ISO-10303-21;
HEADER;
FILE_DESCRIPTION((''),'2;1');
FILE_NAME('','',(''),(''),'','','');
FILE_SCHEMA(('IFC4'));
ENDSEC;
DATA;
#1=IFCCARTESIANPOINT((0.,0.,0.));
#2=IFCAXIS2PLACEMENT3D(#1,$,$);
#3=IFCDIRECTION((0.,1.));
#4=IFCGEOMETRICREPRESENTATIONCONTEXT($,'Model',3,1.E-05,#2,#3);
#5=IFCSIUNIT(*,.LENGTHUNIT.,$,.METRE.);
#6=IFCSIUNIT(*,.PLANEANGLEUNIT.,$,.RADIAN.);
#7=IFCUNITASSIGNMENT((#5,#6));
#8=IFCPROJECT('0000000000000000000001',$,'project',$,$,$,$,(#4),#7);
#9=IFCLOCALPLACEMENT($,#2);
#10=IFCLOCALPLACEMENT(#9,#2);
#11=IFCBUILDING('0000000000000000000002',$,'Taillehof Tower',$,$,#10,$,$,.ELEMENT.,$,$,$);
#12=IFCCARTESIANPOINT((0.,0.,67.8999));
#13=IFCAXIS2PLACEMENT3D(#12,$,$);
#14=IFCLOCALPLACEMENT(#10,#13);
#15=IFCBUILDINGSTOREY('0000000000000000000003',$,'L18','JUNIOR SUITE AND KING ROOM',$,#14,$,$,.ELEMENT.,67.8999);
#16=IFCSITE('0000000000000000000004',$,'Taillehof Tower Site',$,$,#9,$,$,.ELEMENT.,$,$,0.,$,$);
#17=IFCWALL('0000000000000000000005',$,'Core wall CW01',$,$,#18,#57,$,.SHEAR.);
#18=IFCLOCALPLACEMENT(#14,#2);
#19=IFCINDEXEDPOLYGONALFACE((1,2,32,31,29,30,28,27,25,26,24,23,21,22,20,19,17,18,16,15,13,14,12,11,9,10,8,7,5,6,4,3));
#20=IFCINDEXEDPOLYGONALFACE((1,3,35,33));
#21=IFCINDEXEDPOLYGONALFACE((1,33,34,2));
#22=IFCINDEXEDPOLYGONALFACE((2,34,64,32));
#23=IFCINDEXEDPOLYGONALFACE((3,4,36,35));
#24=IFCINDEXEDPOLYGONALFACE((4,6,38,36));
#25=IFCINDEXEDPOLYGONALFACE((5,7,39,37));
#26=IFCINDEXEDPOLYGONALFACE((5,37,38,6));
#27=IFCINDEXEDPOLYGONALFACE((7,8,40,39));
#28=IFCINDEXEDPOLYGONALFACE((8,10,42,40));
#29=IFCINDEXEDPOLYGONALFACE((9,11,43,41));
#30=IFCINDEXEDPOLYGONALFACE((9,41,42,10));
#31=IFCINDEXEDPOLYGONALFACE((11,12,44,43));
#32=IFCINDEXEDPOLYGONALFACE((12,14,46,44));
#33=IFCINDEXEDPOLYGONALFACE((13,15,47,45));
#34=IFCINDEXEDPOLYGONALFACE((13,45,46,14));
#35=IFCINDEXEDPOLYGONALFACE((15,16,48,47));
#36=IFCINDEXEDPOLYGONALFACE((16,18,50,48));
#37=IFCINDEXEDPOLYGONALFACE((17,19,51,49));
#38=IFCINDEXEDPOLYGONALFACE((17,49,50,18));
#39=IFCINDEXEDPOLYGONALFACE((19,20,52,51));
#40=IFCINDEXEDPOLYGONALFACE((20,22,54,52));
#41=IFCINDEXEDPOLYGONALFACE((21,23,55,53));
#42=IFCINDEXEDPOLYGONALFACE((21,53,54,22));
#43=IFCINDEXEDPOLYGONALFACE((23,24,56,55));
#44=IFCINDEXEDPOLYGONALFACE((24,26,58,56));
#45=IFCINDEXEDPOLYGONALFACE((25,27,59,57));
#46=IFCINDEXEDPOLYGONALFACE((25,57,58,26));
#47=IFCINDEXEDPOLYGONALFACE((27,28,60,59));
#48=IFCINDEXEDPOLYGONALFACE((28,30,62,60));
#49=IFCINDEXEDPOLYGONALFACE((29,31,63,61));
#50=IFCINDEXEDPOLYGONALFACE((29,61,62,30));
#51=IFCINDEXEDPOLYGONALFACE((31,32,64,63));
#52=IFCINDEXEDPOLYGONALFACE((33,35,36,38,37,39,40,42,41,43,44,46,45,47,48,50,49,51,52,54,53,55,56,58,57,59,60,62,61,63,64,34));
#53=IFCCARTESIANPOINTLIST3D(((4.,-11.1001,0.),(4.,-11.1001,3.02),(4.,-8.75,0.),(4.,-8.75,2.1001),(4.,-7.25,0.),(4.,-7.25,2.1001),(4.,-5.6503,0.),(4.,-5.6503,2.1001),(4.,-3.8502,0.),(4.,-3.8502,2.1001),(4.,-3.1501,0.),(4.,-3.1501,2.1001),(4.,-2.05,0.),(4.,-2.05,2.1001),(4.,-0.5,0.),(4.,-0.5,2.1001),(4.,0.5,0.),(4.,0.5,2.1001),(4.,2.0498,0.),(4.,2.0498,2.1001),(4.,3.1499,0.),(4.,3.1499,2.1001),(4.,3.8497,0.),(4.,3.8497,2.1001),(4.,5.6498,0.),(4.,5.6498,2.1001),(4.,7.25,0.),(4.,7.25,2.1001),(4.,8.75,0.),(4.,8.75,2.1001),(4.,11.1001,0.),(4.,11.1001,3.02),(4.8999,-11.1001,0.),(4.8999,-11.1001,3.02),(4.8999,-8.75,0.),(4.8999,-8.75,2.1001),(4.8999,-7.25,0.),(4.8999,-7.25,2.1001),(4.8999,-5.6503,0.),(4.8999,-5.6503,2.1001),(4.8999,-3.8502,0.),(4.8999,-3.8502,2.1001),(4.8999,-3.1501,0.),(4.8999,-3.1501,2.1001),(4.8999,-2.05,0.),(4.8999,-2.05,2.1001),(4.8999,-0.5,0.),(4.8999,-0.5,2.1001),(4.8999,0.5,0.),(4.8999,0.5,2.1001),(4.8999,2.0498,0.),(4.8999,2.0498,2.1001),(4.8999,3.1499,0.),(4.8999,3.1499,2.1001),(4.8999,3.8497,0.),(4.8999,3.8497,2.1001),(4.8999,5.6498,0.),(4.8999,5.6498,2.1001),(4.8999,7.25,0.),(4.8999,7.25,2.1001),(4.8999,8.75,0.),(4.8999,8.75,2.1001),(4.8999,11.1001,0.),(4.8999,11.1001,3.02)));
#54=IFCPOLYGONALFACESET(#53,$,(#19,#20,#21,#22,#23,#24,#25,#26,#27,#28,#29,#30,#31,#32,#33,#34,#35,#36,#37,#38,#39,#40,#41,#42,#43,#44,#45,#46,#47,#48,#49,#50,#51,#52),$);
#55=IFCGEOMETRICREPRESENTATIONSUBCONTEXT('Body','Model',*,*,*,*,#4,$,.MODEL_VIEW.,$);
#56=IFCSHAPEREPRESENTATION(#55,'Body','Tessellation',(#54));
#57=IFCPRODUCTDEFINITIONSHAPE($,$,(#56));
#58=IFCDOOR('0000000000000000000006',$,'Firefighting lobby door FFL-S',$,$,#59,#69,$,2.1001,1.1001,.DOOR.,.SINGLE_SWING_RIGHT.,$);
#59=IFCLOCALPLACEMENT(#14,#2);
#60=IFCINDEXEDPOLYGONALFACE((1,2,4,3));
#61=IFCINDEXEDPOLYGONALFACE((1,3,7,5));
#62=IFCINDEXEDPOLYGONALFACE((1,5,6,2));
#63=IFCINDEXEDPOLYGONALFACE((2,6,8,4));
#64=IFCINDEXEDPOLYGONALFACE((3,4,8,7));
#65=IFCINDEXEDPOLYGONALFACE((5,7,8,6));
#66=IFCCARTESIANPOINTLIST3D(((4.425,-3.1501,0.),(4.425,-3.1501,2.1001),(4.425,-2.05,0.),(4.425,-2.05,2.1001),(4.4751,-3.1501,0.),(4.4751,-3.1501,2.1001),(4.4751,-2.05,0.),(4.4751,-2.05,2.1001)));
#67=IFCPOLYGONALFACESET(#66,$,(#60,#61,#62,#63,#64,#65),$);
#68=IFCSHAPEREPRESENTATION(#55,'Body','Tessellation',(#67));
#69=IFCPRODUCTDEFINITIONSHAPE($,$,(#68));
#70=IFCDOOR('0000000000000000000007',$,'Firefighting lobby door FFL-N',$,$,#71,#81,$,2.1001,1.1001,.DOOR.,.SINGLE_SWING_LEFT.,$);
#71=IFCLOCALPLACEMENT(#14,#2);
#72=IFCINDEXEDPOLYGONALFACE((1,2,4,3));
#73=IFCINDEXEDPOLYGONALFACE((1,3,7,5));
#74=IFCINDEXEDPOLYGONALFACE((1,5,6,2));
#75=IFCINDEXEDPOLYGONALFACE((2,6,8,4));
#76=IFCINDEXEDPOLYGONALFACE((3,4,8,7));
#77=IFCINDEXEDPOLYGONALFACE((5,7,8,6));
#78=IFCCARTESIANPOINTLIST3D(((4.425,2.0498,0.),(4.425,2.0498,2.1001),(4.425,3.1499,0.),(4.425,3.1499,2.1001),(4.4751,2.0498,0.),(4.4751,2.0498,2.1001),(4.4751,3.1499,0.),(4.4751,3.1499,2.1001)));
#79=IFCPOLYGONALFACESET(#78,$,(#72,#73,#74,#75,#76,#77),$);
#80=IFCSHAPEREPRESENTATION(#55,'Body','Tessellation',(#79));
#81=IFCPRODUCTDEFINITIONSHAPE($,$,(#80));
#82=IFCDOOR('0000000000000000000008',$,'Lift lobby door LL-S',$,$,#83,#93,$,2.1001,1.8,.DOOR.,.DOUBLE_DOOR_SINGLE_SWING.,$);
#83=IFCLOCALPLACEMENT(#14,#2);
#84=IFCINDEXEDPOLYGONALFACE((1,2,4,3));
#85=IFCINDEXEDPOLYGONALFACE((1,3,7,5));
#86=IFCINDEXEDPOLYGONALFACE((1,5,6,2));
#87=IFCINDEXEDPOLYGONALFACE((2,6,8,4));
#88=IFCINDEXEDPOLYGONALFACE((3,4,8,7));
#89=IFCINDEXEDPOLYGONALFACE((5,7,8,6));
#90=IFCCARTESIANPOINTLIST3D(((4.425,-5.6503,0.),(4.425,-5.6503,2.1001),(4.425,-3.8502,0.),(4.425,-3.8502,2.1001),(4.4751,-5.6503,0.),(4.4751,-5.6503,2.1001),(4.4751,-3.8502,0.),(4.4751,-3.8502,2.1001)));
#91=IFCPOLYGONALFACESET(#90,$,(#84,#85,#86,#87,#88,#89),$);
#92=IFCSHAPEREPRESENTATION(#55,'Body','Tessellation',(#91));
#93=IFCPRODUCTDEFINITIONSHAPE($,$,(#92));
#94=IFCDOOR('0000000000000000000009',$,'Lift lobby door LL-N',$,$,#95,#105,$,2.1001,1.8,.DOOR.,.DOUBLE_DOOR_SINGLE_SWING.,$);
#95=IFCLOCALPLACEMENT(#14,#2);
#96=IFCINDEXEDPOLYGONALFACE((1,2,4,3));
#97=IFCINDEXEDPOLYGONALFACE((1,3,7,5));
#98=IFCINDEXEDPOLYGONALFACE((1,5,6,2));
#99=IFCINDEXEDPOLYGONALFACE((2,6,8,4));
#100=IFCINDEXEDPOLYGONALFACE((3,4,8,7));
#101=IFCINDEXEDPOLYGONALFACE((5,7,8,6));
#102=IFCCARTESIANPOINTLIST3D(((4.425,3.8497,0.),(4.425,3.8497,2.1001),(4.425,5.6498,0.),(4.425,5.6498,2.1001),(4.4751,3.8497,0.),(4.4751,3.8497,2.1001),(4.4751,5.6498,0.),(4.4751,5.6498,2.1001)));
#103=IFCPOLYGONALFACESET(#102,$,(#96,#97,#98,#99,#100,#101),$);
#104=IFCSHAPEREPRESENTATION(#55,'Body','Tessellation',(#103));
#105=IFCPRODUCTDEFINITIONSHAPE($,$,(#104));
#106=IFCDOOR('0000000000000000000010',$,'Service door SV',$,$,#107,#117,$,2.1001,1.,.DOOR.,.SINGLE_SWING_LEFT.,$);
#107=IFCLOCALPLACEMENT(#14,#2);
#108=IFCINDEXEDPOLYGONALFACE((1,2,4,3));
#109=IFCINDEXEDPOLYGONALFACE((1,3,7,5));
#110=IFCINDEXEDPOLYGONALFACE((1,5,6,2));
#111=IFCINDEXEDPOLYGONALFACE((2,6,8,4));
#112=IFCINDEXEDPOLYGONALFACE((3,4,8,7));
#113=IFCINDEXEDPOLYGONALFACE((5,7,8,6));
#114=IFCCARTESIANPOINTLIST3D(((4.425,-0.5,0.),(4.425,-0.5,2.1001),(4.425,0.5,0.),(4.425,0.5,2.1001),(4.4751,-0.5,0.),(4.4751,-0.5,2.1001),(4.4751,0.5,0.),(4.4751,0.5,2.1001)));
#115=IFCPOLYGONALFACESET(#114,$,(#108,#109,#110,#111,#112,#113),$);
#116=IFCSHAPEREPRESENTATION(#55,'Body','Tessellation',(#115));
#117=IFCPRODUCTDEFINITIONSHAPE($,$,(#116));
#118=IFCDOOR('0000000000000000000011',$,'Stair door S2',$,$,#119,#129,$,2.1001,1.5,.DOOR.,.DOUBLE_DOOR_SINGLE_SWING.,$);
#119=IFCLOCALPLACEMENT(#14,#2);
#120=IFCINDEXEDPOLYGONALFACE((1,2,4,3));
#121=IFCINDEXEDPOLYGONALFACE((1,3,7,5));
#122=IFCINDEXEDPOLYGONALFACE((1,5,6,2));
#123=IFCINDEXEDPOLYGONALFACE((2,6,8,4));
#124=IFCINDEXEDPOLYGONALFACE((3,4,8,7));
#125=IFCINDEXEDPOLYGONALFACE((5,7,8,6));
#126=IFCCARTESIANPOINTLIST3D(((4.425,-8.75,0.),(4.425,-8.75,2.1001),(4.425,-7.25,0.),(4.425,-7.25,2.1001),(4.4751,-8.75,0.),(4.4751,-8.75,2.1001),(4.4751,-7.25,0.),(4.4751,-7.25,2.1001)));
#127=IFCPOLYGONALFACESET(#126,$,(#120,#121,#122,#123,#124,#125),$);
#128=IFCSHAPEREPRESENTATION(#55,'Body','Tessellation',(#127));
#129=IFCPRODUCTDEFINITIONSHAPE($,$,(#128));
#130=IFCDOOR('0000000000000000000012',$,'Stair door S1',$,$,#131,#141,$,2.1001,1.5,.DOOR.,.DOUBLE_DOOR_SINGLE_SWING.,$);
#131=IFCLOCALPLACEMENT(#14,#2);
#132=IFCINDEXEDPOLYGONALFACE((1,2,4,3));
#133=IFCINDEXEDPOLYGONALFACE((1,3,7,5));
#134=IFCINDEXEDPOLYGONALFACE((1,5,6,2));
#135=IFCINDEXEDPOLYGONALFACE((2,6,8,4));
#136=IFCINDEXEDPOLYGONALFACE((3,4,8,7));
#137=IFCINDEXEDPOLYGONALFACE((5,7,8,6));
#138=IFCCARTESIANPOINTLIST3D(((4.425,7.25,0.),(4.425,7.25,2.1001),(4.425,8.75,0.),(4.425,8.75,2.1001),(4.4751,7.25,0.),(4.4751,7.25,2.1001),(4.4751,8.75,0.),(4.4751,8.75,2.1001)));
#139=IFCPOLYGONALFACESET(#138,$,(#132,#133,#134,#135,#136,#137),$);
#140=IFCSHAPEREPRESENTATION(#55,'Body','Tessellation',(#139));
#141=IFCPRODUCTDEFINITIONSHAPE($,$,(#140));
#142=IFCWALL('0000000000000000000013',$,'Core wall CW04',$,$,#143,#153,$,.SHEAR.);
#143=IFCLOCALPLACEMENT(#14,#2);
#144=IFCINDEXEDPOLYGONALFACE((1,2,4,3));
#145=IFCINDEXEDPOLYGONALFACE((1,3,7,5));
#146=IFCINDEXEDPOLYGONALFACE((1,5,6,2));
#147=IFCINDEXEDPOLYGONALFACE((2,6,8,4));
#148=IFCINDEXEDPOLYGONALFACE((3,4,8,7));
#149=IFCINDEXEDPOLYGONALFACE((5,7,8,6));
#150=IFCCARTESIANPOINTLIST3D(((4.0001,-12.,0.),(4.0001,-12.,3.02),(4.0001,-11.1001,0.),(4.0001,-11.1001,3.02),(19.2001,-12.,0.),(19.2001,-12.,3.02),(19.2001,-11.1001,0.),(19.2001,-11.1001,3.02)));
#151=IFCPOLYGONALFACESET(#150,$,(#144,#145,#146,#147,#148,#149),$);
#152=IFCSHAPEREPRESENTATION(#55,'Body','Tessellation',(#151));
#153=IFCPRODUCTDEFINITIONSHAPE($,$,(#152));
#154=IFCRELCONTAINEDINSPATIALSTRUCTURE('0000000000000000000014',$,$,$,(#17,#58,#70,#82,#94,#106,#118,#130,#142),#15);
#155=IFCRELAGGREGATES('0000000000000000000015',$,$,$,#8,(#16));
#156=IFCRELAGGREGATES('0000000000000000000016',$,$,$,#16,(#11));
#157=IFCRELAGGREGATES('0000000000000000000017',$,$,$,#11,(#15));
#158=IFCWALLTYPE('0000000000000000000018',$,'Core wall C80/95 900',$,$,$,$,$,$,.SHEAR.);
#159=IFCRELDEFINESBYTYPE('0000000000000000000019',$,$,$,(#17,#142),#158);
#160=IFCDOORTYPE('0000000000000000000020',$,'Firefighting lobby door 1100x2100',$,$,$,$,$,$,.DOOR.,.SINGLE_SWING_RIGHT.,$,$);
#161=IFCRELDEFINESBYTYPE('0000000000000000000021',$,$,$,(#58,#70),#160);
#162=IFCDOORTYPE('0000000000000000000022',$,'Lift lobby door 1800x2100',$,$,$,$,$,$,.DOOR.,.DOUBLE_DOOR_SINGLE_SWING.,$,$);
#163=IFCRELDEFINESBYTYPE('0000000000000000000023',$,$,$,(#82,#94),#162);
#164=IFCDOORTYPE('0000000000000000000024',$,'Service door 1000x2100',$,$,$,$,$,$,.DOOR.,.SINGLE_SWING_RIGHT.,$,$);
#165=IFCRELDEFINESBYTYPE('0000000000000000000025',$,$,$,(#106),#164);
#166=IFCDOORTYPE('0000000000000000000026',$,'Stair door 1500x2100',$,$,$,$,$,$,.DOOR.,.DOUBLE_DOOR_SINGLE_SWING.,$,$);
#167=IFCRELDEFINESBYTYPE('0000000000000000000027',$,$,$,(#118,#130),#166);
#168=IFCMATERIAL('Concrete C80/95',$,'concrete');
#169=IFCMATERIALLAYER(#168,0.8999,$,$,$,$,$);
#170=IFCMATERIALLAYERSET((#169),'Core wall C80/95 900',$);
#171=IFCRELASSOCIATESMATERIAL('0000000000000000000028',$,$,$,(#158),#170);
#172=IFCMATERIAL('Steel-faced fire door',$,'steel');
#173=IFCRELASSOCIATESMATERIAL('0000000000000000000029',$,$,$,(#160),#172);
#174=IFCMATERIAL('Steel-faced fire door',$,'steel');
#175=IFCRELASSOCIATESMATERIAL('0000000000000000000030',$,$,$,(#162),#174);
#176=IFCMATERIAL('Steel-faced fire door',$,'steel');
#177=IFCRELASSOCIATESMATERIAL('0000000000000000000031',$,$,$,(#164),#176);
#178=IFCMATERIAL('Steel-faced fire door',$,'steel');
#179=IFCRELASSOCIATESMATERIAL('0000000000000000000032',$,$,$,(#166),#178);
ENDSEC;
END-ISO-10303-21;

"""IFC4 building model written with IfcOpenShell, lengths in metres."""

from ifc_helpers import new_model, si_unit, direction, frame, frame_2d, origin, place, context, subcontext, project, spatial, rectangle, extrude, material, layer, layer_set, type_object, element, fill, save


model = new_model("IFC4")

# Units and contexts
model_context = context("Model", 3, precision=1e-05, world=origin(), true_north=direction((0.0, 1.0)))
body_context = subcontext(model_context, "Body", "Model", "MODEL_VIEW")
ifc_project = project(units=[si_unit("LENGTHUNIT", "METRE"), si_unit("PLANEANGLEUNIT", "RADIAN")], contexts=[model_context])

# Site, building, storey
site_placement = place(None, origin())
site = spatial("IfcSite", under=ifc_project, at=site_placement, Name="Taillehof Tower Site", CompositionType="ELEMENT", RefElevation=0.0)
building_placement = place(site_placement, origin())
building = spatial("IfcBuilding", under=site, at=building_placement, Name="Taillehof Tower", CompositionType="ELEMENT")
storey_placement = place(building_placement, frame((0.0, 0.0, 67.8999)))
storey = spatial("IfcBuildingStorey", under=building, at=storey_placement, Name="L18", Description="JUNIOR SUITE AND KING ROOM", CompositionType="ELEMENT", Elevation=67.8999)

# Wall, openings, doors
ifc_material_1 = material(Name="Concrete C80/95", Category="concrete")
ifc_layer_1 = layer(ifc_material_1, 0.8999)
ifc_layer_set_1 = layer_set([ifc_layer_1], Name="Core wall C80/95 900")
wall_type_1 = type_object("IfcWallType", Name="Core wall C80/95 900", PredefinedType="SHEAR", material=ifc_layer_set_1)
wall_1_placement = place(storey_placement, frame((4.45, -11.1001, 0.0), z_axis=(0.0, 0.0, 1.0), x_axis=(0.0, 1.0, 0.0)))
wall_1 = element("IfcWall", 1, at=wall_1_placement, inside=storey, type_object=wall_type_1, Name="Core wall CW01", PredefinedType="SHEAR", context=body_context, shape_type="SweptSolid", body=[
    extrude(rectangle(XDim=22.2002, YDim=0.8999, at=frame_2d((11.1001, 0.0))), origin(), (0.0, 0.0, 1.0), 3.02),
])
opening_1_placement = place(wall_1_placement, frame((2.3501, 0.0, 0.0)))
opening_1 = element("IfcOpeningElement", 2, at=opening_1_placement, cuts=wall_1, PredefinedType="OPENING", context=body_context, shape_type="SweptSolid", body=[
    extrude(rectangle(XDim=1.5, YDim=2.1001, at=frame_2d((0.75, 1.05))), frame((0.0, 0.46, 0.0), z_axis=(0.0, -1.0, 0.0), x_axis=(1.0, 0.0, 0.0)), (0.0, 0.0, 1.0), 0.9199),
])
opening_2_placement = place(wall_1_placement, frame((5.45, 0.0, 0.0)))
opening_2 = element("IfcOpeningElement", 3, at=opening_2_placement, cuts=wall_1, PredefinedType="OPENING", context=body_context, shape_type="SweptSolid", body=[
    extrude(rectangle(XDim=1.8, YDim=2.1001, at=frame_2d((0.8999, 1.05))), frame((0.0, 0.46, 0.0), z_axis=(0.0, -1.0, 0.0), x_axis=(1.0, 0.0, 0.0)), (0.0, 0.0, 1.0), 0.9199),
])
opening_3_placement = place(wall_1_placement, frame((7.95, 0.0, 0.0)))
opening_3 = element("IfcOpeningElement", 4, at=opening_3_placement, cuts=wall_1, PredefinedType="OPENING", context=body_context, shape_type="SweptSolid", body=[
    extrude(rectangle(XDim=1.1001, YDim=2.1001, at=frame_2d((0.55, 1.05))), frame((0.0, 0.46, 0.0), z_axis=(0.0, -1.0, 0.0), x_axis=(1.0, 0.0, 0.0)), (0.0, 0.0, 1.0), 0.9199),
])
opening_4_placement = place(wall_1_placement, frame((10.6001, 0.0, 0.0)))
opening_4 = element("IfcOpeningElement", 5, at=opening_4_placement, cuts=wall_1, PredefinedType="OPENING", context=body_context, shape_type="SweptSolid", body=[
    extrude(rectangle(XDim=1.0, YDim=2.1001, at=frame_2d((0.5, 1.05))), frame((0.0, 0.46, 0.0), z_axis=(0.0, -1.0, 0.0), x_axis=(1.0, 0.0, 0.0)), (0.0, 0.0, 1.0), 0.9199),
])
opening_5_placement = place(wall_1_placement, frame((13.1499, 0.0, 0.0)))
opening_5 = element("IfcOpeningElement", 6, at=opening_5_placement, cuts=wall_1, PredefinedType="OPENING", context=body_context, shape_type="SweptSolid", body=[
    extrude(rectangle(XDim=1.1001, YDim=2.1001, at=frame_2d((0.55, 1.05))), frame((0.0, 0.46, 0.0), z_axis=(0.0, -1.0, 0.0), x_axis=(1.0, 0.0, 0.0)), (0.0, 0.0, 1.0), 0.9199),
])
opening_6_placement = place(wall_1_placement, frame((14.95, 0.0, 0.0)))
opening_6 = element("IfcOpeningElement", 7, at=opening_6_placement, cuts=wall_1, PredefinedType="OPENING", context=body_context, shape_type="SweptSolid", body=[
    extrude(rectangle(XDim=1.8, YDim=2.1001, at=frame_2d((0.8999, 1.05))), frame((0.0, 0.46, 0.0), z_axis=(0.0, -1.0, 0.0), x_axis=(1.0, 0.0, 0.0)), (0.0, 0.0, 1.0), 0.9199),
])
opening_7_placement = place(wall_1_placement, frame((18.3501, 0.0, 0.0)))
opening_7 = element("IfcOpeningElement", 8, at=opening_7_placement, cuts=wall_1, PredefinedType="OPENING", context=body_context, shape_type="SweptSolid", body=[
    extrude(rectangle(XDim=1.5, YDim=2.1001, at=frame_2d((0.75, 1.05))), frame((0.0, 0.46, 0.0), z_axis=(0.0, -1.0, 0.0), x_axis=(1.0, 0.0, 0.0)), (0.0, 0.0, 1.0), 0.9199),
])
ifc_material_2 = material(Name="Steel-faced fire door", Category="steel")
door_type_1 = type_object("IfcDoorType", Name="Firefighting lobby door 1100x2100", OperationType="SINGLE_SWING_RIGHT", PredefinedType="DOOR", material=ifc_material_2)
door_1_placement = place(opening_3_placement, origin())
door_1 = element("IfcDoor", 9, at=door_1_placement, inside=storey, type_object=door_type_1, Name="Firefighting lobby door FFL-S", OperationType="SINGLE_SWING_RIGHT", OverallHeight=2.1001, OverallWidth=1.1001, PredefinedType="DOOR", context=body_context, shape_type="SweptSolid", body=[
    extrude(rectangle(XDim=1.1001, YDim=2.1001, at=frame_2d((0.55, 1.05))), frame((0.0, 0.0249, 0.0), z_axis=(0.0, -1.0, 0.0), x_axis=(1.0, 0.0, 0.0)), (0.0, 0.0, 1.0), 0.05),
])
fill(opening_3, door_1)
door_2_placement = place(opening_5_placement, origin())
door_2 = element("IfcDoor", 10, at=door_2_placement, inside=storey, type_object=door_type_1, Name="Firefighting lobby door FFL-N", OperationType="SINGLE_SWING_LEFT", OverallHeight=2.1001, OverallWidth=1.1001, PredefinedType="DOOR", context=body_context, shape_type="SweptSolid", body=[
    extrude(rectangle(XDim=1.1001, YDim=2.1001, at=frame_2d((0.55, 1.05))), frame((0.0, 0.0249, 0.0), z_axis=(0.0, -1.0, 0.0), x_axis=(1.0, 0.0, 0.0)), (0.0, 0.0, 1.0), 0.05),
])
fill(opening_5, door_2)
ifc_material_3 = material(Name="Steel-faced fire door", Category="steel")
door_type_2 = type_object("IfcDoorType", Name="Lift lobby door 1800x2100", OperationType="DOUBLE_DOOR_SINGLE_SWING", PredefinedType="DOOR", material=ifc_material_3)
door_3_placement = place(opening_2_placement, origin())
door_3 = element("IfcDoor", 11, at=door_3_placement, inside=storey, type_object=door_type_2, Name="Lift lobby door LL-S", OperationType="DOUBLE_DOOR_SINGLE_SWING", OverallHeight=2.1001, OverallWidth=1.8, PredefinedType="DOOR", context=body_context, shape_type="SweptSolid", body=[
    extrude(rectangle(XDim=1.8, YDim=2.1001, at=frame_2d((0.8999, 1.05))), frame((0.0, 0.0249, 0.0), z_axis=(0.0, -1.0, 0.0), x_axis=(1.0, 0.0, 0.0)), (0.0, 0.0, 1.0), 0.05),
])
fill(opening_2, door_3)
door_4_placement = place(opening_6_placement, origin())
door_4 = element("IfcDoor", 12, at=door_4_placement, inside=storey, type_object=door_type_2, Name="Lift lobby door LL-N", OperationType="DOUBLE_DOOR_SINGLE_SWING", OverallHeight=2.1001, OverallWidth=1.8, PredefinedType="DOOR", context=body_context, shape_type="SweptSolid", body=[
    extrude(rectangle(XDim=1.8, YDim=2.1001, at=frame_2d((0.8999, 1.05))), frame((0.0, 0.0249, 0.0), z_axis=(0.0, -1.0, 0.0), x_axis=(1.0, 0.0, 0.0)), (0.0, 0.0, 1.0), 0.05),
])
fill(opening_6, door_4)
ifc_material_4 = material(Name="Steel-faced fire door", Category="steel")
door_type_3 = type_object("IfcDoorType", Name="Service door 1000x2100", OperationType="SINGLE_SWING_RIGHT", PredefinedType="DOOR", material=ifc_material_4)
door_5_placement = place(opening_4_placement, origin())
door_5 = element("IfcDoor", 13, at=door_5_placement, inside=storey, type_object=door_type_3, Name="Service door SV", OperationType="SINGLE_SWING_LEFT", OverallHeight=2.1001, OverallWidth=1.0, PredefinedType="DOOR", context=body_context, shape_type="SweptSolid", body=[
    extrude(rectangle(XDim=1.0, YDim=2.1001, at=frame_2d((0.5, 1.05))), frame((0.0, 0.0249, 0.0), z_axis=(0.0, -1.0, 0.0), x_axis=(1.0, 0.0, 0.0)), (0.0, 0.0, 1.0), 0.05),
])
fill(opening_4, door_5)
ifc_material_5 = material(Name="Steel-faced fire door", Category="steel")
door_type_4 = type_object("IfcDoorType", Name="Stair door 1500x2100", OperationType="DOUBLE_DOOR_SINGLE_SWING", PredefinedType="DOOR", material=ifc_material_5)
door_6_placement = place(opening_1_placement, origin())
door_6 = element("IfcDoor", 14, at=door_6_placement, inside=storey, type_object=door_type_4, Name="Stair door S2", OperationType="DOUBLE_DOOR_SINGLE_SWING", OverallHeight=2.1001, OverallWidth=1.5, PredefinedType="DOOR", context=body_context, shape_type="SweptSolid", body=[
    extrude(rectangle(XDim=1.5, YDim=2.1001, at=frame_2d((0.75, 1.05))), frame((0.0, 0.0249, 0.0), z_axis=(0.0, -1.0, 0.0), x_axis=(1.0, 0.0, 0.0)), (0.0, 0.0, 1.0), 0.05),
])
fill(opening_1, door_6)
door_7_placement = place(opening_7_placement, origin())
door_7 = element("IfcDoor", 15, at=door_7_placement, inside=storey, type_object=door_type_4, Name="Stair door S1", OperationType="DOUBLE_DOOR_SINGLE_SWING", OverallHeight=2.1001, OverallWidth=1.5, PredefinedType="DOOR", context=body_context, shape_type="SweptSolid", body=[
    extrude(rectangle(XDim=1.5, YDim=2.1001, at=frame_2d((0.75, 1.05))), frame((0.0, 0.0249, 0.0), z_axis=(0.0, -1.0, 0.0), x_axis=(1.0, 0.0, 0.0)), (0.0, 0.0, 1.0), 0.05),
])
fill(opening_7, door_7)

# Wall
wall_2_placement = place(storey_placement, frame((4.0, -11.55, 0.0), z_axis=(0.0, 0.0, 1.0), x_axis=(1.0, 0.0, 0.0)))
element("IfcWall", 16, at=wall_2_placement, inside=storey, type_object=wall_type_1, Name="Core wall CW04", PredefinedType="SHEAR", context=body_context, shape_type="SweptSolid", body=[
    extrude(rectangle(XDim=15.2, YDim=0.8999, at=frame_2d((7.6001, 0.0))), origin(), (0.0, 0.0, 1.0), 3.02),
])

save(model, "model.ifc")
